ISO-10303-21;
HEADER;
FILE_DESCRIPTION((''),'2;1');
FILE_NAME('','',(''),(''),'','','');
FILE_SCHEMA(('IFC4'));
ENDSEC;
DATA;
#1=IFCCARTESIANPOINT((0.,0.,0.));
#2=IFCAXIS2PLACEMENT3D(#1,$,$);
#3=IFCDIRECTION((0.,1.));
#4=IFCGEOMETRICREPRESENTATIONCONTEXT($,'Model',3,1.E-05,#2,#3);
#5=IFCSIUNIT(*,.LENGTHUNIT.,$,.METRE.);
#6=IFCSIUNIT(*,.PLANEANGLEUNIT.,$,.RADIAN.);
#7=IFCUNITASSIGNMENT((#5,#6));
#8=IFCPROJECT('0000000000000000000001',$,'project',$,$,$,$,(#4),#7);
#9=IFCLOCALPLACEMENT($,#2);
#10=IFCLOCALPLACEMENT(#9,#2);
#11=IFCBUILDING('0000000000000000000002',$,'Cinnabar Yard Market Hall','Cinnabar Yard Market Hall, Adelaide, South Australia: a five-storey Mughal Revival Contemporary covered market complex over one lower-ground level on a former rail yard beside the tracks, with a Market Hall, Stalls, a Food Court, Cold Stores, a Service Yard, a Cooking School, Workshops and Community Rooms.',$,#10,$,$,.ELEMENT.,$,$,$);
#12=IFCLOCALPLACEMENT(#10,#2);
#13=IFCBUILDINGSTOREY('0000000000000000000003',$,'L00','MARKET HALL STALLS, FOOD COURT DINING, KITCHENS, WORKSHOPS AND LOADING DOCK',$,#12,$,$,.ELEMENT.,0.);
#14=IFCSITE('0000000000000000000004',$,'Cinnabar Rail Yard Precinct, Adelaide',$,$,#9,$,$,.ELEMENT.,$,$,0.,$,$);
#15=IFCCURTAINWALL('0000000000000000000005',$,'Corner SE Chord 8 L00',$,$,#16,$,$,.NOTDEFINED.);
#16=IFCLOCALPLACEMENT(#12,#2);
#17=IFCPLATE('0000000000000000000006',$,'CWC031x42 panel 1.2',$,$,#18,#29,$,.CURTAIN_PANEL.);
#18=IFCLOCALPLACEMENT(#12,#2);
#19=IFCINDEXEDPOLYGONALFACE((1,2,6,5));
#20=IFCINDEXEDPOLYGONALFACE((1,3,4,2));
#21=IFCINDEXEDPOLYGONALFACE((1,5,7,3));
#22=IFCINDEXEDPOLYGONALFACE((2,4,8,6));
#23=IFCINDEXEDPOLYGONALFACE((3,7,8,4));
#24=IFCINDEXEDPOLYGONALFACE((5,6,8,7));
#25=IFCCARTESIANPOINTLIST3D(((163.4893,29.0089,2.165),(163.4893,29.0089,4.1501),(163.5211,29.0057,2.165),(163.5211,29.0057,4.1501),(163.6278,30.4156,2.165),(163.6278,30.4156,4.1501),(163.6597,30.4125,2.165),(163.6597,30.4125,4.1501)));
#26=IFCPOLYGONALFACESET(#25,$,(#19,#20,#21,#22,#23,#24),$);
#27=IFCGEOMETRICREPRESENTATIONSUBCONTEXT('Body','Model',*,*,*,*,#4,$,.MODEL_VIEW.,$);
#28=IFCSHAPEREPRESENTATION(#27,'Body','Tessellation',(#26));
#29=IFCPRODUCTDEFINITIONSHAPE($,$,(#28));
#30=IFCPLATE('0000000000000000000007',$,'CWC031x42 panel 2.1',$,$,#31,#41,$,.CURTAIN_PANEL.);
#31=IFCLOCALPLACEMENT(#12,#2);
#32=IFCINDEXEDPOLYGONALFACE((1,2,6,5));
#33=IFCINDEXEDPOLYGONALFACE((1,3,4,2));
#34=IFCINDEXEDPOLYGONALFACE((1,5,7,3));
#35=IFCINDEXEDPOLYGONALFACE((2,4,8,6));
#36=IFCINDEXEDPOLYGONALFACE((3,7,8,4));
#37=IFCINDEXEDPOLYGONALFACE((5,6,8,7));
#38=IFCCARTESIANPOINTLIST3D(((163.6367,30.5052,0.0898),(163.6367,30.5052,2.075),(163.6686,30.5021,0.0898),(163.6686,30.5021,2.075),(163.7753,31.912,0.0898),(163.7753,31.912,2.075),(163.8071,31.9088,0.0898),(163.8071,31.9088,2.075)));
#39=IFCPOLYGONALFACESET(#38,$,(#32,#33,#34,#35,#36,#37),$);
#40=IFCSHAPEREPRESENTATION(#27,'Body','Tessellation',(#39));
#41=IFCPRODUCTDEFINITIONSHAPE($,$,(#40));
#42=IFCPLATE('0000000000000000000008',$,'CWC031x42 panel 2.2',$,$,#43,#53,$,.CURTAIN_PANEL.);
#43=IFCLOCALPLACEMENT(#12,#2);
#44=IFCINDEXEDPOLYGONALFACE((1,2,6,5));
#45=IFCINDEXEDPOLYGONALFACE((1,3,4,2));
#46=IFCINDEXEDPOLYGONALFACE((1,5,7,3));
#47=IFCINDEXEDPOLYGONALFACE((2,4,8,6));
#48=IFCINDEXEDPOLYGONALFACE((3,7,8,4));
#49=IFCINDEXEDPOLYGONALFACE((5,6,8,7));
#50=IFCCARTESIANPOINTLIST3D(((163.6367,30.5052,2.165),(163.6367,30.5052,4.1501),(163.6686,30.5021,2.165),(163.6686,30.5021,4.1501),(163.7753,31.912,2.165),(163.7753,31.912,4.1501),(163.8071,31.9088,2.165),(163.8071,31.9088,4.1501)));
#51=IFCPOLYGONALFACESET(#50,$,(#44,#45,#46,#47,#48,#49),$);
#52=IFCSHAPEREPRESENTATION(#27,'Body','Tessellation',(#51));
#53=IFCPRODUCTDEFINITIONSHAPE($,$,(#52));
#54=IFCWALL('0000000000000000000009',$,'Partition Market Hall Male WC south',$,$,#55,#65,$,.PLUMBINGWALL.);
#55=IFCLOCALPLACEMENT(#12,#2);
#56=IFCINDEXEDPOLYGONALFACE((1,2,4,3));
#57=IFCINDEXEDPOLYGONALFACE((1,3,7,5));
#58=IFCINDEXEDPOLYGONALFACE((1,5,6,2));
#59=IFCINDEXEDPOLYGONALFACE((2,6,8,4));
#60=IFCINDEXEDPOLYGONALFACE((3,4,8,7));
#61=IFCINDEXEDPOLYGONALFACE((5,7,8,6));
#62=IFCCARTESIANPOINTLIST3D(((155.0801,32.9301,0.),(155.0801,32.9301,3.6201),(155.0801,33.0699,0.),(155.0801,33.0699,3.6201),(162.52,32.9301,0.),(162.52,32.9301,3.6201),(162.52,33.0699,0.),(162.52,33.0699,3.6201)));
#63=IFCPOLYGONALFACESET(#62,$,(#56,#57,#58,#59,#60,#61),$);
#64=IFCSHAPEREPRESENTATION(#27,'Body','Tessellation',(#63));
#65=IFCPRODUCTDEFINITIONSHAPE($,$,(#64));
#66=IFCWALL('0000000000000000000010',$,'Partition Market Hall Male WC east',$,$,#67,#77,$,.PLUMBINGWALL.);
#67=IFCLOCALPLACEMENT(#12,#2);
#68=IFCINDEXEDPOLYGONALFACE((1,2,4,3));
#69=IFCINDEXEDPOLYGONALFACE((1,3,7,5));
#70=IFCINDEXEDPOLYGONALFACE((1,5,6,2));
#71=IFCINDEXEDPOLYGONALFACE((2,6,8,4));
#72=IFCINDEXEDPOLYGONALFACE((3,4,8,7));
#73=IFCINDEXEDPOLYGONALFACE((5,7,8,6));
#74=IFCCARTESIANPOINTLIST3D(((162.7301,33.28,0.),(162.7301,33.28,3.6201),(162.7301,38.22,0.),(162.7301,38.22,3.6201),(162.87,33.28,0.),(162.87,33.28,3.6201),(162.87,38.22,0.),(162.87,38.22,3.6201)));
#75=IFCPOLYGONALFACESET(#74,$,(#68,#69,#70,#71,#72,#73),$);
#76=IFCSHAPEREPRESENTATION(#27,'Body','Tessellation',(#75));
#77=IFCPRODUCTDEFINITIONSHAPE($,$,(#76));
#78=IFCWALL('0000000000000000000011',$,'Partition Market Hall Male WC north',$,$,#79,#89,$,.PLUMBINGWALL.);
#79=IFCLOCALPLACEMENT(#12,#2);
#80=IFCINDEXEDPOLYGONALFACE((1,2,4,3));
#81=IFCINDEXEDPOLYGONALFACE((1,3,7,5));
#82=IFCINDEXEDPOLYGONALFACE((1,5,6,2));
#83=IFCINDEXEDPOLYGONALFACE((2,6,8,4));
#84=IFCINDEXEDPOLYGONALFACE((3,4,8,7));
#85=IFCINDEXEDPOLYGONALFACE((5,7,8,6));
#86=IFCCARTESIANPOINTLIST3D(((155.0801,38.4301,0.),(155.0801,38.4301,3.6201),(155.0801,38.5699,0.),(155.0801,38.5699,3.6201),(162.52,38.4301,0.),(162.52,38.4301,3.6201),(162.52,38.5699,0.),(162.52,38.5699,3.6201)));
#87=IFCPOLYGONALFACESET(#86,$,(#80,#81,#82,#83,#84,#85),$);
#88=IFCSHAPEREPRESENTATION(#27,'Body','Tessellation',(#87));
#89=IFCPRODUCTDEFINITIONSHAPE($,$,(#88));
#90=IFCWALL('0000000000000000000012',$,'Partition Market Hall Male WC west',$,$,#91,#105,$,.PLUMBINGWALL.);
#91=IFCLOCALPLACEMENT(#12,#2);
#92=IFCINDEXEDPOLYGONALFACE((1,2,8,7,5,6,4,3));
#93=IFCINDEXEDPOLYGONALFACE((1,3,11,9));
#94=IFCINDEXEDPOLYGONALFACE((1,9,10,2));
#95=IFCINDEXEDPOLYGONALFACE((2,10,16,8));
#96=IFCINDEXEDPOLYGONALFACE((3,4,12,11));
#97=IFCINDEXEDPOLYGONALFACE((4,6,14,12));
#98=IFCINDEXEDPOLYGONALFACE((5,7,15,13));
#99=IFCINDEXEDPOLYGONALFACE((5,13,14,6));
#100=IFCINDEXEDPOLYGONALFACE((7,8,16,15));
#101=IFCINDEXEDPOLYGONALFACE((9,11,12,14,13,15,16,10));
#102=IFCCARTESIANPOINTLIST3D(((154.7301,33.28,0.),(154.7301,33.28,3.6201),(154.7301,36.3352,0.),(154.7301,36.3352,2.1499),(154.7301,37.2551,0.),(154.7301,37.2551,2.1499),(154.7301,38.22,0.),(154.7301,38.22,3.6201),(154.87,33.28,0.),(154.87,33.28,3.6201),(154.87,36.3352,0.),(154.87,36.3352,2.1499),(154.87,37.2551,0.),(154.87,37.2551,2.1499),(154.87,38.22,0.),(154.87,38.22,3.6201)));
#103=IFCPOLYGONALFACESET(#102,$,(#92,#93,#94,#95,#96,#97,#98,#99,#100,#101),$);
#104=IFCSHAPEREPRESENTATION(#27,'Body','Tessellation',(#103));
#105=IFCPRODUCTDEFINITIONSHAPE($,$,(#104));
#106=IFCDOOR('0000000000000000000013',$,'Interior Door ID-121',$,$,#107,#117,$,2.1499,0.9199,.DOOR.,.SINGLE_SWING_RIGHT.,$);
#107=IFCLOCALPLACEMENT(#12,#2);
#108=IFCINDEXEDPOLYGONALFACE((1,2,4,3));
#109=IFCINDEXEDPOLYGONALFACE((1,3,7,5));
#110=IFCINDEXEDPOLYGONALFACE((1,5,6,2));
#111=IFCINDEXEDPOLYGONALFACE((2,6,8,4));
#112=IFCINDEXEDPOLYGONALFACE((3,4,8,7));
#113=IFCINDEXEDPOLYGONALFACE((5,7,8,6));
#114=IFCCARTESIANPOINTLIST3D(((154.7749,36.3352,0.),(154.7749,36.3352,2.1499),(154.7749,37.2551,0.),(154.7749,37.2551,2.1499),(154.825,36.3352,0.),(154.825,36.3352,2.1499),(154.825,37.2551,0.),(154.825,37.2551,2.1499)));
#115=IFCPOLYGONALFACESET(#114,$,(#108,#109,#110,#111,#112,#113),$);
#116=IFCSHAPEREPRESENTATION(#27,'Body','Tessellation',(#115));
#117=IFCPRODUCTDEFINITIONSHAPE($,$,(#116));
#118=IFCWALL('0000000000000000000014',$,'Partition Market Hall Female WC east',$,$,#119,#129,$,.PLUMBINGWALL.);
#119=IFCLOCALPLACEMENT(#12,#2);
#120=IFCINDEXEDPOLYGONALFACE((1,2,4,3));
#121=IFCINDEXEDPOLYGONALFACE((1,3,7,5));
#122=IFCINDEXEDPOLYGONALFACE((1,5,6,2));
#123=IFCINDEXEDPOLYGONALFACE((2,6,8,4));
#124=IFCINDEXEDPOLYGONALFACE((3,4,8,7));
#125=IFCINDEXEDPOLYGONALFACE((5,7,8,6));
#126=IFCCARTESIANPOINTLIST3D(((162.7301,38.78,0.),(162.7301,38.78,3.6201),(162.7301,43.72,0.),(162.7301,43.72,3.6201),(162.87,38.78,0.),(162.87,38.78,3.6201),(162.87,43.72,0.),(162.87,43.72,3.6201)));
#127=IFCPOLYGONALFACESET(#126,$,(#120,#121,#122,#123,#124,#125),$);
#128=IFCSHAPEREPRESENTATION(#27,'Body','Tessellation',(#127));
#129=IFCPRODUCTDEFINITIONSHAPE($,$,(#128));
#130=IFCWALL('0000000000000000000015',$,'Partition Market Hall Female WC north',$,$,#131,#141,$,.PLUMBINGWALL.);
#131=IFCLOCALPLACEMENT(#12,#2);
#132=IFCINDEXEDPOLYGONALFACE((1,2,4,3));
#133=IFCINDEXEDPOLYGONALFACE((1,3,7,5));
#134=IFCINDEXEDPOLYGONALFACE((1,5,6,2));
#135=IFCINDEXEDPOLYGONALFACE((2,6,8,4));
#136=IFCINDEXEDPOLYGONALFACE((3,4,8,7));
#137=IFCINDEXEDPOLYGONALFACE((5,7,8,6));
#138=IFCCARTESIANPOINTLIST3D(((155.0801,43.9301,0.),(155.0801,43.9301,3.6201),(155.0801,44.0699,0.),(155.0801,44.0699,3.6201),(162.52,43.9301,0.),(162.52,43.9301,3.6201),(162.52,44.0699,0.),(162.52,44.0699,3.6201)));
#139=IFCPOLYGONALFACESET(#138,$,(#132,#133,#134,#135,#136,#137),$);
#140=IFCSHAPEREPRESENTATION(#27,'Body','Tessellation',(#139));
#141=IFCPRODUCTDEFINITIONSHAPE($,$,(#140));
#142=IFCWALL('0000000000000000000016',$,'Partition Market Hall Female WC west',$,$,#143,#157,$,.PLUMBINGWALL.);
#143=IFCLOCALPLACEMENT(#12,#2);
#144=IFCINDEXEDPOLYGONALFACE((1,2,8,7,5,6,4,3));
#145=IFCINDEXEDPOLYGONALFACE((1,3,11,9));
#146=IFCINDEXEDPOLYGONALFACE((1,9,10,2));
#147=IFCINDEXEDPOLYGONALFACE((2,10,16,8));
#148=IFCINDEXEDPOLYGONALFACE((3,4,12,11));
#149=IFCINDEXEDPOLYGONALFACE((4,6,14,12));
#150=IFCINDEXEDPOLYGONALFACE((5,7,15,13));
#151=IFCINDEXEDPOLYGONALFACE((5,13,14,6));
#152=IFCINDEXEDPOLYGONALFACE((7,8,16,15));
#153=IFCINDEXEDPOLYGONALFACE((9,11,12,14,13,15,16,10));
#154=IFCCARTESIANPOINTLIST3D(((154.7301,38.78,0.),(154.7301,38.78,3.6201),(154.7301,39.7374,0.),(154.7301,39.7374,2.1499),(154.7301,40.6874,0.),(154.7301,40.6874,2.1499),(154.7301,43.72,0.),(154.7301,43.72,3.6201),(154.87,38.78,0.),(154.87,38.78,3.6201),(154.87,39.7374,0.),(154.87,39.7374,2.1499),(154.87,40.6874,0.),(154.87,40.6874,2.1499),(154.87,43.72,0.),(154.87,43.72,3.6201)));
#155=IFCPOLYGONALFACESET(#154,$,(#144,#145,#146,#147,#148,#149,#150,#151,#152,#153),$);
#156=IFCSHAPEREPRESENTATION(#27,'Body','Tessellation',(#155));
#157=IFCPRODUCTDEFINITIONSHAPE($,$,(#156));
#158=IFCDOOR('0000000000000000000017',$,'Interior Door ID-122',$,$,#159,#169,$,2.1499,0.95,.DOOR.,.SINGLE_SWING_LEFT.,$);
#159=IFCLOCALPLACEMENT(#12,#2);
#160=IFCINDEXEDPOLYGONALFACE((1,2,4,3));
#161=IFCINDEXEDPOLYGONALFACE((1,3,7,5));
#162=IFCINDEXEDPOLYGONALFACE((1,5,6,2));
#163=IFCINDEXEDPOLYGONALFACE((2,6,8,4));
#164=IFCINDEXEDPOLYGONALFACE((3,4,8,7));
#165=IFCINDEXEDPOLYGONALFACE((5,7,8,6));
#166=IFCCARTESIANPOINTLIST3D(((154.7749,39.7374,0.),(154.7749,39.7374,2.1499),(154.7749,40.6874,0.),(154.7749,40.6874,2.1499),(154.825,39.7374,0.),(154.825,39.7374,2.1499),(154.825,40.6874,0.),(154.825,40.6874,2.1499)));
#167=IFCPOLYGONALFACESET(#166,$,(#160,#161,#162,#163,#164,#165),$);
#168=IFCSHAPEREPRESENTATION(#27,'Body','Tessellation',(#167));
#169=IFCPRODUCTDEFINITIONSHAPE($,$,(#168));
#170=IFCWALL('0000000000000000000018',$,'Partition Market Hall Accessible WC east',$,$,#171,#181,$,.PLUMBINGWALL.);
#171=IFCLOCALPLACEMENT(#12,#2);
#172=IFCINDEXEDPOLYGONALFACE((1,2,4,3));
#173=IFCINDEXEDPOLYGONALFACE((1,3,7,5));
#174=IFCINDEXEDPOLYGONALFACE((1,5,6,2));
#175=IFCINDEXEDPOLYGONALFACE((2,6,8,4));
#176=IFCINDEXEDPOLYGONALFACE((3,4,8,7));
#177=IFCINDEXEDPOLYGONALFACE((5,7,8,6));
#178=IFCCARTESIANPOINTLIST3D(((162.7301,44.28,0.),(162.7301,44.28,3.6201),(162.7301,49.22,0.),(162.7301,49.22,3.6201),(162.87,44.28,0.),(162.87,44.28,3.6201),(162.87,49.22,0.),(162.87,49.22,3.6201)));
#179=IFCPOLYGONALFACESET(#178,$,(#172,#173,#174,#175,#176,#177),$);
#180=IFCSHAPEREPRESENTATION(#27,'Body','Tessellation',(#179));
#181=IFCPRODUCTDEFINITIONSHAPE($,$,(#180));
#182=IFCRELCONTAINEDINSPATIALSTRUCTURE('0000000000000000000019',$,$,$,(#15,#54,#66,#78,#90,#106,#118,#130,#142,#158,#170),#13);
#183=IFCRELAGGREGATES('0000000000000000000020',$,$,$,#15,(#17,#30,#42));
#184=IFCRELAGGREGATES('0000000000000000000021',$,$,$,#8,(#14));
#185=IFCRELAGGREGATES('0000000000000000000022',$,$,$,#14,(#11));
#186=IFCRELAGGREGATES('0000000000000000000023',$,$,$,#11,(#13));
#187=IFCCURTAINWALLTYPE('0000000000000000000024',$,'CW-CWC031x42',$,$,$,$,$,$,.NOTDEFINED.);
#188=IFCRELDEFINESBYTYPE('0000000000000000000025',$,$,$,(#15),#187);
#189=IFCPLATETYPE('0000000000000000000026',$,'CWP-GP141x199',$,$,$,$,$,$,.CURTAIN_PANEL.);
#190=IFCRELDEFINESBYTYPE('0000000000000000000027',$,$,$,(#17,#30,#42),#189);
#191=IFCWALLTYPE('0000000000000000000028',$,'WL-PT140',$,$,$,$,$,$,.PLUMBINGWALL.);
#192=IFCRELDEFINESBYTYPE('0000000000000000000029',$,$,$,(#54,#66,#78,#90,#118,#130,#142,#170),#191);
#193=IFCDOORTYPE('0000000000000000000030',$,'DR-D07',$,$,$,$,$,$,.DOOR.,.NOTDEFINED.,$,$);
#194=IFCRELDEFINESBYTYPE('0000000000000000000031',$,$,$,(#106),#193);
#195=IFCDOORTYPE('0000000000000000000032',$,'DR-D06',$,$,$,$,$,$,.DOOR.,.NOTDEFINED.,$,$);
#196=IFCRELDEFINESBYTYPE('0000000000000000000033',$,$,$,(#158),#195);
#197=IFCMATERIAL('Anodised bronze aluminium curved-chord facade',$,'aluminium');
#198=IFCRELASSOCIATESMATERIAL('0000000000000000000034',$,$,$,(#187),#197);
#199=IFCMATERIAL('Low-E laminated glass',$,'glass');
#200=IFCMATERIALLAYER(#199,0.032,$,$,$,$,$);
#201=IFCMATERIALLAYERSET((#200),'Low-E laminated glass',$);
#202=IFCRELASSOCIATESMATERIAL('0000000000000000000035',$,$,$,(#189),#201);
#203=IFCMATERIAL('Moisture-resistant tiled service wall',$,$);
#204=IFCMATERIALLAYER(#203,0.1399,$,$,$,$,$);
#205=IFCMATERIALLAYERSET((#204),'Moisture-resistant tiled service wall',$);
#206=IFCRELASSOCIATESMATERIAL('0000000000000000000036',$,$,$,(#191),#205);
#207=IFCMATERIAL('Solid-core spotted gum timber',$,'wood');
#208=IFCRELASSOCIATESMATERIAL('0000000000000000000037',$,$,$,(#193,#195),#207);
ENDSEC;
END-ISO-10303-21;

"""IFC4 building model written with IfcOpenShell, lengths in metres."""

from ifc_helpers import new_model, si_unit, direction, frame, frame_2d, origin, origin_2d_with_axis, place, context, subcontext, project, spatial, rectangle, extrude, material, layer, layer_set, type_object, element, fill, aggregate, save


model = new_model("IFC4")

# Units and contexts
model_context = context("Model", 3, precision=1e-05, world=origin(), true_north=direction((0.0, 1.0)))
body_context = subcontext(model_context, "Body", "Model", "MODEL_VIEW")
ifc_project = project(units=[si_unit("LENGTHUNIT", "METRE"), si_unit("PLANEANGLEUNIT", "RADIAN")], contexts=[model_context])

# Site, building, storey
site_placement = place(None, origin())
site = spatial("IfcSite", under=ifc_project, at=site_placement, Name="Cinnabar Rail Yard Precinct, Adelaide", CompositionType="ELEMENT", RefElevation=0.0)
building_placement = place(site_placement, origin())
building = spatial("IfcBuilding", under=site, at=building_placement, Name="Cinnabar Yard Market Hall", Description="Cinnabar Yard Market Hall, Adelaide, South Australia: a five-storey Mughal Revival Contemporary covered market complex over one lower-ground level on a former rail yard beside the tracks, with a Market Hall, Stalls, a Food Court, Cold Stores, a Service Yard, a Cooking School, Workshops and Community Rooms.", CompositionType="ELEMENT")
storey_placement = place(building_placement, origin())
storey = spatial("IfcBuildingStorey", under=building, at=storey_placement, Name="L00", Description="MARKET HALL STALLS, FOOD COURT DINING, KITCHENS, WORKSHOPS AND LOADING DOCK", CompositionType="ELEMENT", Elevation=0.0)

# Curtain wall
ifc_material_1 = material(Name="Anodised bronze aluminium curved-chord facade", Category="aluminium")
curtain_wall_type_1 = type_object("IfcCurtainWallType", Name="CW-CWC031x42", PredefinedType="NOTDEFINED", material=ifc_material_1)
curtain_wall_1_placement = place(storey_placement, origin())
curtain_wall_1 = element("IfcCurtainWall", 1, at=curtain_wall_1_placement, inside=storey, type_object=curtain_wall_type_1, Name="Corner SE Chord 8 L00", PredefinedType="NOTDEFINED")

# Plates
ifc_material_2 = material(Name="Low-E laminated glass", Category="glass")
ifc_layer_1 = layer(ifc_material_2, 0.032)
ifc_layer_set_1 = layer_set([ifc_layer_1], Name="Low-E laminated glass")
plate_type = type_object("IfcPlateType", Name="CWP-GP141x199", PredefinedType="CURTAIN_PANEL", material=ifc_layer_set_1)
plate_1_placement = place(storey_placement, frame((163.5745, 29.7107, 2.165), z_axis=(0.0, 0.0, 1.0), x_axis=(0.09802, 0.995184, 0.0)))
plate_1 = element("IfcPlate", 2, at=plate_1_placement, type_object=plate_type, Name="CWC031x42 panel 1.2", PredefinedType="CURTAIN_PANEL", context=body_context, shape_type="SweptSolid", body=[
    extrude(rectangle(XDim=1.4136, YDim=0.032, at=origin_2d_with_axis()), origin(), (0.0, 0.0, 1.0), 1.9851),
])
plate_2_placement = place(storey_placement, frame((163.7219, 31.207, 0.0898), z_axis=(0.0, 0.0, 1.0), x_axis=(0.09802, 0.995184, 0.0)))
plate_2 = element("IfcPlate", 3, at=plate_2_placement, type_object=plate_type, Name="CWC031x42 panel 2.1", PredefinedType="CURTAIN_PANEL", context=body_context, shape_type="SweptSolid", body=[
    extrude(rectangle(XDim=1.4136, YDim=0.032, at=origin_2d_with_axis()), origin(), (0.0, 0.0, 1.0), 1.9851),
])
plate_3_placement = place(storey_placement, frame((163.7219, 31.207, 2.165), z_axis=(0.0, 0.0, 1.0), x_axis=(0.09802, 0.995184, 0.0)))
plate_3 = element("IfcPlate", 4, at=plate_3_placement, type_object=plate_type, Name="CWC031x42 panel 2.2", PredefinedType="CURTAIN_PANEL", context=body_context, shape_type="SweptSolid", body=[
    extrude(rectangle(XDim=1.4136, YDim=0.032, at=origin_2d_with_axis()), origin(), (0.0, 0.0, 1.0), 1.9851),
])
aggregate(curtain_wall_1, [plate_1, plate_2, plate_3])

# Walls
ifc_material_3 = material(Name="Moisture-resistant tiled service wall")
ifc_layer_2 = layer(ifc_material_3, 0.1399)
ifc_layer_set_2 = layer_set([ifc_layer_2], Name="Moisture-resistant tiled service wall")
wall_type = type_object("IfcWallType", Name="WL-PT140", PredefinedType="PLUMBINGWALL", material=ifc_layer_set_2)
wall_1_placement = place(storey_placement, frame((155.0801, 33.0, 0.0), z_axis=(0.0, 0.0, 1.0), x_axis=(1.0, 0.0, 0.0)))
element("IfcWall", 5, at=wall_1_placement, inside=storey, type_object=wall_type, Name="Partition Market Hall Male WC south", PredefinedType="PLUMBINGWALL", context=body_context, shape_type="SweptSolid", body=[
    extrude(rectangle(XDim=7.4399, YDim=0.1399, at=frame_2d((3.72, 0.0), x_axis=(1.0, 0.0))), origin(), (0.0, 0.0, 1.0), 3.6201),
])
wall_2_placement = place(storey_placement, frame((162.8, 33.28, 0.0), z_axis=(0.0, 0.0, 1.0), x_axis=(0.0, 1.0, 0.0)))
element("IfcWall", 6, at=wall_2_placement, inside=storey, type_object=wall_type, Name="Partition Market Hall Male WC east", PredefinedType="PLUMBINGWALL", context=body_context, shape_type="SweptSolid", body=[
    extrude(rectangle(XDim=4.9399, YDim=0.1399, at=frame_2d((2.47, 0.0), x_axis=(1.0, 0.0))), origin(), (0.0, 0.0, 1.0), 3.6201),
])
wall_3_placement = place(storey_placement, frame((162.52, 38.5, 0.0), z_axis=(0.0, 0.0, 1.0), x_axis=(-1.0, 0.0, 0.0)))
element("IfcWall", 7, at=wall_3_placement, inside=storey, type_object=wall_type, Name="Partition Market Hall Male WC north", PredefinedType="PLUMBINGWALL", context=body_context, shape_type="SweptSolid", body=[
    extrude(rectangle(XDim=7.4399, YDim=0.1399, at=frame_2d((3.72, 0.0), x_axis=(1.0, 0.0))), origin(), (0.0, 0.0, 1.0), 3.6201),
])

# Wall, opening, door
wall_4_placement = place(storey_placement, frame((154.8, 38.22, 0.0), z_axis=(0.0, 0.0, 1.0), x_axis=(0.0, -1.0, 0.0)))
wall_4 = element("IfcWall", 8, at=wall_4_placement, inside=storey, type_object=wall_type, Name="Partition Market Hall Male WC west", PredefinedType="PLUMBINGWALL", context=body_context, shape_type="SweptSolid", body=[
    extrude(rectangle(XDim=4.9399, YDim=0.1399, at=frame_2d((2.47, 0.0), x_axis=(1.0, 0.0))), origin(), (0.0, 0.0, 1.0), 3.6201),
])
opening_1_placement = place(wall_4_placement, frame((0.9648, 0.0, 0.0)))
opening_1 = element("IfcOpeningElement", 9, at=opening_1_placement, cuts=wall_4, PredefinedType="OPENING", context=body_context, shape_type="SweptSolid", body=[
    extrude(rectangle(XDim=0.9199, YDim=2.1499, at=frame_2d((0.46, 1.075), x_axis=(1.0, 0.0))), frame((0.0, 0.0798, 0.0), z_axis=(0.0, -1.0, 0.0), x_axis=(1.0, 0.0, 0.0)), (0.0, 0.0, 1.0), 0.1599),
])
ifc_material_4 = material(Name="Solid-core spotted gum timber", Category="wood")
door_type_1 = type_object("IfcDoorType", Name="DR-D07", OperationType="NOTDEFINED", PredefinedType="DOOR", material=ifc_material_4)
door_1_placement = place(opening_1_placement, origin())
door_1 = element("IfcDoor", 10, at=door_1_placement, inside=storey, type_object=door_type_1, Name="Interior Door ID-121", OperationType="SINGLE_SWING_RIGHT", OverallHeight=2.1499, OverallWidth=0.9199, PredefinedType="DOOR", context=body_context, shape_type="SweptSolid", body=[
    extrude(rectangle(XDim=0.9199, YDim=2.1499, at=frame_2d((0.46, 1.075), x_axis=(1.0, 0.0))), frame((0.0, 0.0249, 0.0), z_axis=(0.0, -1.0, 0.0), x_axis=(1.0, 0.0, 0.0)), (0.0, 0.0, 1.0), 0.05),
])
fill(opening_1, door_1)

# Walls
wall_5_placement = place(storey_placement, frame((162.8, 38.78, 0.0), z_axis=(0.0, 0.0, 1.0), x_axis=(0.0, 1.0, 0.0)))
element("IfcWall", 11, at=wall_5_placement, inside=storey, type_object=wall_type, Name="Partition Market Hall Female WC east", PredefinedType="PLUMBINGWALL", context=body_context, shape_type="SweptSolid", body=[
    extrude(rectangle(XDim=4.9399, YDim=0.1399, at=frame_2d((2.47, 0.0), x_axis=(1.0, 0.0))), origin(), (0.0, 0.0, 1.0), 3.6201),
])
wall_6_placement = place(storey_placement, frame((162.52, 44.0, 0.0), z_axis=(0.0, 0.0, 1.0), x_axis=(-1.0, 0.0, 0.0)))
element("IfcWall", 12, at=wall_6_placement, inside=storey, type_object=wall_type, Name="Partition Market Hall Female WC north", PredefinedType="PLUMBINGWALL", context=body_context, shape_type="SweptSolid", body=[
    extrude(rectangle(XDim=7.4399, YDim=0.1399, at=frame_2d((3.72, 0.0), x_axis=(1.0, 0.0))), origin(), (0.0, 0.0, 1.0), 3.6201),
])

# Wall, opening, door
wall_7_placement = place(storey_placement, frame((154.8, 43.72, 0.0), z_axis=(0.0, 0.0, 1.0), x_axis=(0.0, -1.0, 0.0)))
wall_7 = element("IfcWall", 13, at=wall_7_placement, inside=storey, type_object=wall_type, Name="Partition Market Hall Female WC west", PredefinedType="PLUMBINGWALL", context=body_context, shape_type="SweptSolid", body=[
    extrude(rectangle(XDim=4.9399, YDim=0.1399, at=frame_2d((2.47, 0.0), x_axis=(1.0, 0.0))), origin(), (0.0, 0.0, 1.0), 3.6201),
])
opening_2_placement = place(wall_7_placement, frame((3.0325, 0.0, 0.0)))
opening_2 = element("IfcOpeningElement", 14, at=opening_2_placement, cuts=wall_7, PredefinedType="OPENING", context=body_context, shape_type="SweptSolid", body=[
    extrude(rectangle(XDim=0.95, YDim=2.1499, at=frame_2d((0.4751, 1.075), x_axis=(1.0, 0.0))), frame((0.0, 0.0798, 0.0), z_axis=(0.0, -1.0, 0.0), x_axis=(1.0, 0.0, 0.0)), (0.0, 0.0, 1.0), 0.1599),
])
door_type_2 = type_object("IfcDoorType", Name="DR-D06", OperationType="NOTDEFINED", PredefinedType="DOOR", material=ifc_material_4)
door_2_placement = place(opening_2_placement, origin())
door_2 = element("IfcDoor", 15, at=door_2_placement, inside=storey, type_object=door_type_2, Name="Interior Door ID-122", OperationType="SINGLE_SWING_LEFT", OverallHeight=2.1499, OverallWidth=0.95, PredefinedType="DOOR", context=body_context, shape_type="SweptSolid", body=[
    extrude(rectangle(XDim=0.95, YDim=2.1499, at=frame_2d((0.4751, 1.075), x_axis=(1.0, 0.0))), frame((0.0, 0.0249, 0.0), z_axis=(0.0, -1.0, 0.0), x_axis=(1.0, 0.0, 0.0)), (0.0, 0.0, 1.0), 0.05),
])
fill(opening_2, door_2)

# Wall
wall_8_placement = place(storey_placement, frame((162.8, 44.28, 0.0), z_axis=(0.0, 0.0, 1.0), x_axis=(0.0, 1.0, 0.0)))
element("IfcWall", 16, at=wall_8_placement, inside=storey, type_object=wall_type, Name="Partition Market Hall Accessible WC east", PredefinedType="PLUMBINGWALL", context=body_context, shape_type="SweptSolid", body=[
    extrude(rectangle(XDim=4.9399, YDim=0.1399, at=frame_2d((2.47, 0.0), x_axis=(1.0, 0.0))), origin(), (0.0, 0.0, 1.0), 3.6201),
])

save(model, "model.ifc")
